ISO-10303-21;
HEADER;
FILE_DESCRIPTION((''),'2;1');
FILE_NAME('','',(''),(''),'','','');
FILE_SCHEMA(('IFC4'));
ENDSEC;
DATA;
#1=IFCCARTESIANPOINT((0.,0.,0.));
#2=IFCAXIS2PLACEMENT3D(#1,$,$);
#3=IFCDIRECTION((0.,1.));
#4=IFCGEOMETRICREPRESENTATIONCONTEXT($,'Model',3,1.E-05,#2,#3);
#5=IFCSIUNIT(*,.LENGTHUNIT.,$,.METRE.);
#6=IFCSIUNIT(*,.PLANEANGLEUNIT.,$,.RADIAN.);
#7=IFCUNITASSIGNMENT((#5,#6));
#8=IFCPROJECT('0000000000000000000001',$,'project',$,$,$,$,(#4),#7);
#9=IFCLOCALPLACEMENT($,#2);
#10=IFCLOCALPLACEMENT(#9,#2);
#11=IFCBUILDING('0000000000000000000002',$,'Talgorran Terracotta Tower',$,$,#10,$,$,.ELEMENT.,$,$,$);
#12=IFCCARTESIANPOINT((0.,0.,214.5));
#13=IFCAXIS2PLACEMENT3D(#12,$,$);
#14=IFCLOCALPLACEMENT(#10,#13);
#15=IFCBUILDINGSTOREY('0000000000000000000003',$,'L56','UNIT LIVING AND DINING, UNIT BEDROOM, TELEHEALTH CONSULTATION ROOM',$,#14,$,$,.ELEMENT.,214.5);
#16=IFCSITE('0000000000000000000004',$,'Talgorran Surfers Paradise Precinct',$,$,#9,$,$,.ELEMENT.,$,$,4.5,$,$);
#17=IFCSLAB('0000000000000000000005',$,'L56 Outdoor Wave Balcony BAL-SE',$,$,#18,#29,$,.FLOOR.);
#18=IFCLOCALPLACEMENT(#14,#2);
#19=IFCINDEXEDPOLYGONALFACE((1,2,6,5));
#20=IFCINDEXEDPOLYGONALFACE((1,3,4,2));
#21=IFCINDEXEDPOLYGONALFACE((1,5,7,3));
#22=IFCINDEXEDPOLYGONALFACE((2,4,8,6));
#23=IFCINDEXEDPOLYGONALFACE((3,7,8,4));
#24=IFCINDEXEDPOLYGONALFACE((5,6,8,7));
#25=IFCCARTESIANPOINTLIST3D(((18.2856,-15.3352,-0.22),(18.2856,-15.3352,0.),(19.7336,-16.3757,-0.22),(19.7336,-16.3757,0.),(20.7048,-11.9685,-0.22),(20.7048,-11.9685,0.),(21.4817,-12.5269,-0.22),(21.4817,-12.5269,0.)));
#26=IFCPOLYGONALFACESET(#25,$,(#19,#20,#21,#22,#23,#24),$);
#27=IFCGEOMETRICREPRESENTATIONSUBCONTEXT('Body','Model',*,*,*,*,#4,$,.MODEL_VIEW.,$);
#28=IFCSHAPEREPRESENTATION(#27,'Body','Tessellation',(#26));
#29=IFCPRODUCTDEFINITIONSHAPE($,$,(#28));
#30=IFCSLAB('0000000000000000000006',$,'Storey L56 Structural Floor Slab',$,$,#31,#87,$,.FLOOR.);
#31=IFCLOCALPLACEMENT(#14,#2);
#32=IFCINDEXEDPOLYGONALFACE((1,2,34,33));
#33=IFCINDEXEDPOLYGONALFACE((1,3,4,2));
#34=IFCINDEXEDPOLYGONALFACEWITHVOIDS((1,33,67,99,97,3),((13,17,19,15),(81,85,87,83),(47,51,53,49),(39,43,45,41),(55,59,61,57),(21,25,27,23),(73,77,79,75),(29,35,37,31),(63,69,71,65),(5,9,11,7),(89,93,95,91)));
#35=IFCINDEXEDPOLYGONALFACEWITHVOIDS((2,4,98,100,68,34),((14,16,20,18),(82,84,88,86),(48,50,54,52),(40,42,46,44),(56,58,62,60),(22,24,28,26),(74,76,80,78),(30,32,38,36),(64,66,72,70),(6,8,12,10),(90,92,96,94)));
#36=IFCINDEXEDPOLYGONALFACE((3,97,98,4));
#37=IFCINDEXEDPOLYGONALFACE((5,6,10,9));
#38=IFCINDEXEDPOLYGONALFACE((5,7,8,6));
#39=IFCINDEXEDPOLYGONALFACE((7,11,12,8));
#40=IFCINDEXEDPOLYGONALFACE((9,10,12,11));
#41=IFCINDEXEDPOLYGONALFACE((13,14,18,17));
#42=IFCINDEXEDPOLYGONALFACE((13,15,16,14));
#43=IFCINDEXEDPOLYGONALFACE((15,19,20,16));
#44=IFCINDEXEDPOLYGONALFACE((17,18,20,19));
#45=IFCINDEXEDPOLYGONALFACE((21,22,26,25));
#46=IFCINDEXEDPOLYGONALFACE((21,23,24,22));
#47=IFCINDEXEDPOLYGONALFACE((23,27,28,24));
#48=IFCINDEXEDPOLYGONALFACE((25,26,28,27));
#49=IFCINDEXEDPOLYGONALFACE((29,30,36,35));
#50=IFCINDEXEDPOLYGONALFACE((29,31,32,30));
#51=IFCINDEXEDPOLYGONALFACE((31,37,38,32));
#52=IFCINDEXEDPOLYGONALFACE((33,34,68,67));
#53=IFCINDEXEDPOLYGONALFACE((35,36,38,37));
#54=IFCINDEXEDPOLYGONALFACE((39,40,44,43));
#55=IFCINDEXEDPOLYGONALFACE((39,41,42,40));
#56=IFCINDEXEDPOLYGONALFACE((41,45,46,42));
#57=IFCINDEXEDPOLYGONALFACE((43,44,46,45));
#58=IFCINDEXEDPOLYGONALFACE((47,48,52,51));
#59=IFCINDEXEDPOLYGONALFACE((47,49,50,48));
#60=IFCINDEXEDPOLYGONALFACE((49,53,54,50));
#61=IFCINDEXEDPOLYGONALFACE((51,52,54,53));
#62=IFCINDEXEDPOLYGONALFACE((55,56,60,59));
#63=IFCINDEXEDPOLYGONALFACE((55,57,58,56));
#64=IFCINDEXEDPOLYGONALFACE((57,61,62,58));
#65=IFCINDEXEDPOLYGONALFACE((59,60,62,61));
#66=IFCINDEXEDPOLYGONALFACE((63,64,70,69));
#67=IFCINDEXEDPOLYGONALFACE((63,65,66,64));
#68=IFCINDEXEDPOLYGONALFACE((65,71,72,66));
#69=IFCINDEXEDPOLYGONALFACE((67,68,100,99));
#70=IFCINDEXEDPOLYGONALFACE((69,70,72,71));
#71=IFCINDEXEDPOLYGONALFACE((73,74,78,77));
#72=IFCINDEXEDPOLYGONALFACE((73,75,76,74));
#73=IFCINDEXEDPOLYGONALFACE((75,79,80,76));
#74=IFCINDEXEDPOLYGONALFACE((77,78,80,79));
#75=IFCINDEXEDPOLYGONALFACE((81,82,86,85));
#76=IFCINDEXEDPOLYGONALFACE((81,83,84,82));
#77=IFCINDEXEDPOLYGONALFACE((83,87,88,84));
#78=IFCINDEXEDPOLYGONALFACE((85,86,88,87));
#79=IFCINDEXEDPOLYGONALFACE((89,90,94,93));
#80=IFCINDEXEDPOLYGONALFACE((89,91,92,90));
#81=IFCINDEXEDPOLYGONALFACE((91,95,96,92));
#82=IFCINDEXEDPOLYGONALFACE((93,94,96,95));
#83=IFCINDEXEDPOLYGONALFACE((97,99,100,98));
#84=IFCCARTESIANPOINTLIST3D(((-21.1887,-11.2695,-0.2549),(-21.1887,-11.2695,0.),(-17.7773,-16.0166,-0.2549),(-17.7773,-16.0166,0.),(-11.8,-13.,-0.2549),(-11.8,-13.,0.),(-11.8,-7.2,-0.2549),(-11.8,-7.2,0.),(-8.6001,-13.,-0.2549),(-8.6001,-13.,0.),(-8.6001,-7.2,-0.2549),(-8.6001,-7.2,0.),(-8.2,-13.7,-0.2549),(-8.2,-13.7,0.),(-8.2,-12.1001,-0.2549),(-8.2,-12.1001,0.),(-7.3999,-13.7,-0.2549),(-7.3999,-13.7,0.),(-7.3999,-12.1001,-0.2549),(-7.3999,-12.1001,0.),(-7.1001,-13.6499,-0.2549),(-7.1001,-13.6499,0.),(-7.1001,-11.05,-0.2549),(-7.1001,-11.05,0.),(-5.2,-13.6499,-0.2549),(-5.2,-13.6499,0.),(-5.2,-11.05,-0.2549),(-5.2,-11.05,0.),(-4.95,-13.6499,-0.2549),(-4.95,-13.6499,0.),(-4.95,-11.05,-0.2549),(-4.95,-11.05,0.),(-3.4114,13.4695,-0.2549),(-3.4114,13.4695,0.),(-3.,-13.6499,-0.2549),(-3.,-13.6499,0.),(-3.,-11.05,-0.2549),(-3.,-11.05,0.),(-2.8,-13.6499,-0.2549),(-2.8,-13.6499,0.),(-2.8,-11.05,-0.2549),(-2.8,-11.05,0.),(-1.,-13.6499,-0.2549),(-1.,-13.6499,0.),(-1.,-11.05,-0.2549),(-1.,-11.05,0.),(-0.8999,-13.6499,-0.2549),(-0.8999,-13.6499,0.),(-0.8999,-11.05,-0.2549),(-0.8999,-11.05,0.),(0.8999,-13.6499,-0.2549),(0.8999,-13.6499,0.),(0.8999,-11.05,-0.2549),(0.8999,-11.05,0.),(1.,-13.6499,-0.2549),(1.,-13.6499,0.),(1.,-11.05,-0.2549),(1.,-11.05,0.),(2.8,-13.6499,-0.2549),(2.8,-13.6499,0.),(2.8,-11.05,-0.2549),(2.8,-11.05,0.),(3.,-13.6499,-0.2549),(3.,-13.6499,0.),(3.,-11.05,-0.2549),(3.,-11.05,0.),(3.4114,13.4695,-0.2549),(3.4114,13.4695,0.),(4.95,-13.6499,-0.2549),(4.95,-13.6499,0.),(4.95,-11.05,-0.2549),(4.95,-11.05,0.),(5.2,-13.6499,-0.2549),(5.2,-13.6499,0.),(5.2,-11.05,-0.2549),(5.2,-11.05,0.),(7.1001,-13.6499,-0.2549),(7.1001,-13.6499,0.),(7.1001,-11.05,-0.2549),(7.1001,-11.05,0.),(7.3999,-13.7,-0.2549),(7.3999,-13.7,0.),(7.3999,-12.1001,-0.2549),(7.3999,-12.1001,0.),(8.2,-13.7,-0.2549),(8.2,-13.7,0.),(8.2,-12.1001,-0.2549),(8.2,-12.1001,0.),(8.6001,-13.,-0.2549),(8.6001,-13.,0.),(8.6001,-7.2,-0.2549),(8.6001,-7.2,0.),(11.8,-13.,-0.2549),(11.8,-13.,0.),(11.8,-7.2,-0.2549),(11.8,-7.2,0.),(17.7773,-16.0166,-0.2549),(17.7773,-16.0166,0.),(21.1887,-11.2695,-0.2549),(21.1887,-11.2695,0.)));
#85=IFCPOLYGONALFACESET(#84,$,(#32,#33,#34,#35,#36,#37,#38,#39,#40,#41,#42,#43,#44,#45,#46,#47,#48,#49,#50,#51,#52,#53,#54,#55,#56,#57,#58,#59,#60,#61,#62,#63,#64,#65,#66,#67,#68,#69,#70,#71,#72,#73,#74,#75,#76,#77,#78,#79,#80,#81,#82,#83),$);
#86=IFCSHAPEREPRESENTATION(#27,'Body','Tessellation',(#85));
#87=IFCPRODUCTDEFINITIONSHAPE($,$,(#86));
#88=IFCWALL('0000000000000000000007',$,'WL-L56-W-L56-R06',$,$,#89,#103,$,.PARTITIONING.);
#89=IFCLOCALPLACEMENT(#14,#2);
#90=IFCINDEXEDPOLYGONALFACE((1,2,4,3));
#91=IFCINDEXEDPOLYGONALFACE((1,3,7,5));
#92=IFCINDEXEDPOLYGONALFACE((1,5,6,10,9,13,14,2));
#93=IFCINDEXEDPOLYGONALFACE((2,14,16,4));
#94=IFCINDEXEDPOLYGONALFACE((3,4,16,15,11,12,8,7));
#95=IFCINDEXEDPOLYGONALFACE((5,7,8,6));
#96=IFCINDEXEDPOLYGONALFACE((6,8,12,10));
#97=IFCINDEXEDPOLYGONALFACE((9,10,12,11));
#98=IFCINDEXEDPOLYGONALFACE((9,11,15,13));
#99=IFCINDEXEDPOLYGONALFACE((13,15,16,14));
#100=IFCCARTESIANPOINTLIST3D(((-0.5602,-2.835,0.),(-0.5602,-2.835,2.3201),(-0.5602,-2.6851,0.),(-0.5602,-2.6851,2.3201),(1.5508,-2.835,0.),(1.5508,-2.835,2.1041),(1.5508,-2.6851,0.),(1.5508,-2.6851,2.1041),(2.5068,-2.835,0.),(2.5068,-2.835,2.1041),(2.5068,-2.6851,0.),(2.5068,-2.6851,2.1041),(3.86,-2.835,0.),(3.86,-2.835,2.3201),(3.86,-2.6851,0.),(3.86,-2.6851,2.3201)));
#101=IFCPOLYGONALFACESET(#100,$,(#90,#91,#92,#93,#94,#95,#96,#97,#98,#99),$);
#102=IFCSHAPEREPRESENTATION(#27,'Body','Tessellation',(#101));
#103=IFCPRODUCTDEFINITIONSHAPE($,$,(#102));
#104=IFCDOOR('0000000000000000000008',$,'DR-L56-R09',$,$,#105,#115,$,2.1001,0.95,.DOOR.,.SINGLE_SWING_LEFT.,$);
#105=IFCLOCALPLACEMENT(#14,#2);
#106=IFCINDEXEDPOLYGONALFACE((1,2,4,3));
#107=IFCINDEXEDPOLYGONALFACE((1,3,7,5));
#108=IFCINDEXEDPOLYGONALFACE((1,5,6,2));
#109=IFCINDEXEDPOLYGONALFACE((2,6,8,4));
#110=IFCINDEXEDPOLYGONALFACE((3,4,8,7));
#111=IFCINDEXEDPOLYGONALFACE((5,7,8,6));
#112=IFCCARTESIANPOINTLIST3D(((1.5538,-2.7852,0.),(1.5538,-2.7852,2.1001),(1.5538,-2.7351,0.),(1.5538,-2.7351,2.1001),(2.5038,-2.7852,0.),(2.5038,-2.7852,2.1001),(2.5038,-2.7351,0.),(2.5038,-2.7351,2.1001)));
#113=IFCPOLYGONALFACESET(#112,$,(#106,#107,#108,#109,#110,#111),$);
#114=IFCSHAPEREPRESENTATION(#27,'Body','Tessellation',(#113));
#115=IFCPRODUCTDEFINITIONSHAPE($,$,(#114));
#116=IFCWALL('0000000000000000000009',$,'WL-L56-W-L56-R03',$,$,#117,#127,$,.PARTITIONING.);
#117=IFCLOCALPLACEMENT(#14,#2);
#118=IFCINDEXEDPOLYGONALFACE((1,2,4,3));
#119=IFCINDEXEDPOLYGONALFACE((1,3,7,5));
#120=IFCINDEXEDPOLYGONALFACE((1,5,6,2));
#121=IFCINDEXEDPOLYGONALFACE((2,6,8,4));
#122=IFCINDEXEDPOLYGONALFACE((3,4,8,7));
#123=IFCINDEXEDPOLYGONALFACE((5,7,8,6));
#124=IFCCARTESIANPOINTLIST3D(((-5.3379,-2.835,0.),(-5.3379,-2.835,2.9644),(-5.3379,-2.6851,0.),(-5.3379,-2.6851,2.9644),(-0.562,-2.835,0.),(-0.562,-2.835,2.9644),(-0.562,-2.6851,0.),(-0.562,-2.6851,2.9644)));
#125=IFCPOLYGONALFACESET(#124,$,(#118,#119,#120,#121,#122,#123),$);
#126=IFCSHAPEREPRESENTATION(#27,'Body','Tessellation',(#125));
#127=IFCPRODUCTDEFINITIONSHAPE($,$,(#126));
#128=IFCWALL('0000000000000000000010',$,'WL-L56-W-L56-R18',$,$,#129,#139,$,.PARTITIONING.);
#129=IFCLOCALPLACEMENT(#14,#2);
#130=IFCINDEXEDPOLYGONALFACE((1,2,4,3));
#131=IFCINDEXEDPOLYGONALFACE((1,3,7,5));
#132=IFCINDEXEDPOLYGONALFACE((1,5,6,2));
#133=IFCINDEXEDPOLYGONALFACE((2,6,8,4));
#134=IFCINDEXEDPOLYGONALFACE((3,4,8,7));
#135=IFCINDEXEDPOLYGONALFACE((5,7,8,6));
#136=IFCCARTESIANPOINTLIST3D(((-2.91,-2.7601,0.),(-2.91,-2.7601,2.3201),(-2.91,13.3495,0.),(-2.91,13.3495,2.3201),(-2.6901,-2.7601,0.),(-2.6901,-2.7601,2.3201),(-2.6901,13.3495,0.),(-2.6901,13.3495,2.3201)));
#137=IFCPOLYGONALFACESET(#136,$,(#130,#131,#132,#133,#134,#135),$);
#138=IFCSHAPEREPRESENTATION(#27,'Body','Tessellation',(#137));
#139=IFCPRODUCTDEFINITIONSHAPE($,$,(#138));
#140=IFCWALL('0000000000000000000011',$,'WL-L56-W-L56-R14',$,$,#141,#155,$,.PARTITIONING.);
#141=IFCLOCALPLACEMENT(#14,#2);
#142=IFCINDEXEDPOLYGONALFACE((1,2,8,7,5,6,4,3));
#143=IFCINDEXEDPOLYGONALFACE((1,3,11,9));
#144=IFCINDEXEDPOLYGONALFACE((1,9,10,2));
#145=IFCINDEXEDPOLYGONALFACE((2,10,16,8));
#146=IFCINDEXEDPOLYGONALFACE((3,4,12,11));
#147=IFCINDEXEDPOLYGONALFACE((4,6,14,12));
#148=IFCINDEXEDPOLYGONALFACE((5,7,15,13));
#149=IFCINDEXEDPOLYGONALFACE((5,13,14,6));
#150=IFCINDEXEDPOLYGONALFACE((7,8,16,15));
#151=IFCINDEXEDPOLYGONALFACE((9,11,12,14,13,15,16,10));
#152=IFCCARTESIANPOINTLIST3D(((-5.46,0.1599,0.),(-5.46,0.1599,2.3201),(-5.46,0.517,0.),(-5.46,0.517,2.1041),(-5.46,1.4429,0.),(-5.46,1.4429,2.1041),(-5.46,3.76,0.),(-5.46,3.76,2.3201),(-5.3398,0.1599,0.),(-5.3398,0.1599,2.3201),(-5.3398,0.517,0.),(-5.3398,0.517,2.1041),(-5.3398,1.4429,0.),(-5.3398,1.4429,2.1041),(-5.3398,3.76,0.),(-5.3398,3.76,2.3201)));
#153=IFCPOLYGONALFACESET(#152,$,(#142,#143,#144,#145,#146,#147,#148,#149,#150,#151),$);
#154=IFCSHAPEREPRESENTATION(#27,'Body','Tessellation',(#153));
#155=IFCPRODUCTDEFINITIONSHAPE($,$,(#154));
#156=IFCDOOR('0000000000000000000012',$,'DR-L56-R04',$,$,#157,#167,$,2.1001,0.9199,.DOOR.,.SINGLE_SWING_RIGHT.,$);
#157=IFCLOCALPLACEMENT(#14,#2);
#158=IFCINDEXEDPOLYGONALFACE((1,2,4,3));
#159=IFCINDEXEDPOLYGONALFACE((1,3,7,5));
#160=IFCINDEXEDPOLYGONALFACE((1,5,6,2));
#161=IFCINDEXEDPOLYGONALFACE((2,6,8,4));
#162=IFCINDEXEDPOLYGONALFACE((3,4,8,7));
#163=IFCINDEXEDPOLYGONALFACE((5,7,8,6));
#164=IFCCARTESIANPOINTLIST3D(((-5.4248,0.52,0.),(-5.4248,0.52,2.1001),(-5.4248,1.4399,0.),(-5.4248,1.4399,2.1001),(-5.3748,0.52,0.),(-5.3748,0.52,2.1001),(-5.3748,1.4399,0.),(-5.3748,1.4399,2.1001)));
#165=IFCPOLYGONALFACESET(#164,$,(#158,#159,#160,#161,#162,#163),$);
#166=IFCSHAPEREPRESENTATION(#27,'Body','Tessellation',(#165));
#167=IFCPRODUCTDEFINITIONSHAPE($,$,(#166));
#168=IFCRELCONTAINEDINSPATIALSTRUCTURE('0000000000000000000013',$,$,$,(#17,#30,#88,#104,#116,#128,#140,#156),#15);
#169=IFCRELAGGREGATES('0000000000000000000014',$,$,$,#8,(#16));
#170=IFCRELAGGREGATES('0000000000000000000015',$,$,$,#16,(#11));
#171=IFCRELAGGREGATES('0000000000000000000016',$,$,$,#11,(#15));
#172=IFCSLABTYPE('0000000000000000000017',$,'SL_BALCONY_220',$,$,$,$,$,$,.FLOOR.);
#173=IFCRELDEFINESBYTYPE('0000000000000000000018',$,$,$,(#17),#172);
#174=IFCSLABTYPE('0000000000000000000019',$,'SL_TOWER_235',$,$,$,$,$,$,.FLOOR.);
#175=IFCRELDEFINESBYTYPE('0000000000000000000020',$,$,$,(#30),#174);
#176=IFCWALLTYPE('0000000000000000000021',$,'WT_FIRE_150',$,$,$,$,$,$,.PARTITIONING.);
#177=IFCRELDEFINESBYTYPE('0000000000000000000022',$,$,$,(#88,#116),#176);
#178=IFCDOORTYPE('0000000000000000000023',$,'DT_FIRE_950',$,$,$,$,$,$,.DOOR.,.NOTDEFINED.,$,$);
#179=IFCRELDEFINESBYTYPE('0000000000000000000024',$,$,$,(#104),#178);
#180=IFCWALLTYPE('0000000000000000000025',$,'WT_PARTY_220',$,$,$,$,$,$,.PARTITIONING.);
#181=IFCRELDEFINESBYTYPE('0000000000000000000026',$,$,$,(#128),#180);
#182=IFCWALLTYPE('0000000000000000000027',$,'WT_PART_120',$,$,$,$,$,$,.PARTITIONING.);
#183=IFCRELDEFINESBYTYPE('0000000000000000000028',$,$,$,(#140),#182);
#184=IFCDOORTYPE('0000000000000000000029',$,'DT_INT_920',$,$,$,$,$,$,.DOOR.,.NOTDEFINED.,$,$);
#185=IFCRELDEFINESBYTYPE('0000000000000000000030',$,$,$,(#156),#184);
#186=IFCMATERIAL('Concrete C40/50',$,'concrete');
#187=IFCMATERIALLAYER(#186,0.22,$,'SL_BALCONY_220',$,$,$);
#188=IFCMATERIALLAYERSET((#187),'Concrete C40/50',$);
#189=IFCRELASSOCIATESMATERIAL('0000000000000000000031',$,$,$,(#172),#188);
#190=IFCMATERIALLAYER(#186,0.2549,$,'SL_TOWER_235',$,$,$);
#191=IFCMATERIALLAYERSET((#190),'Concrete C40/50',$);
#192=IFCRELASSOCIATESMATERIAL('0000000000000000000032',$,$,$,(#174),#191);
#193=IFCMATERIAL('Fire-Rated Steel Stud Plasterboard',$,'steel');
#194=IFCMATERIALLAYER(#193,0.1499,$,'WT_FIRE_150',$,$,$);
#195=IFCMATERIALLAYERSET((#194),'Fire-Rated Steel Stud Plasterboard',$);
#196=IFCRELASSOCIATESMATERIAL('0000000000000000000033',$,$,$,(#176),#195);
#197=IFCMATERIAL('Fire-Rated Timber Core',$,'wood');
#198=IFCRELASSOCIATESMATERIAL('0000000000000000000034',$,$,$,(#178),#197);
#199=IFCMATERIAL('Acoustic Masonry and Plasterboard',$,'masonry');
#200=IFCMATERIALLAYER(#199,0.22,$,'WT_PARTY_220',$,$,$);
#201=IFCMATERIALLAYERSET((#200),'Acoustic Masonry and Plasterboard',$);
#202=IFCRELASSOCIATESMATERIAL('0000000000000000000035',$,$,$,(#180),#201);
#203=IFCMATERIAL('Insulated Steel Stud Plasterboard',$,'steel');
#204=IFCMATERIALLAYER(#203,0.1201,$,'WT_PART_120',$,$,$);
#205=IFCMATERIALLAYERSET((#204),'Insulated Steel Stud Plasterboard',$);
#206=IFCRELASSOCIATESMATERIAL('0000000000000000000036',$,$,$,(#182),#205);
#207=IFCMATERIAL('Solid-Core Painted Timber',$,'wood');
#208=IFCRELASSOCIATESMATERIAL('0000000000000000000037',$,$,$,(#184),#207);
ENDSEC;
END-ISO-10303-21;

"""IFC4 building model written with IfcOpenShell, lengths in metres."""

from ifc_helpers import new_model, si_unit, direction, frame, frame_2d, origin, place, context, subcontext, project, spatial, polyline, rectangle, outline, extrude, material, layer, layer_set, type_object, element, fill, save


model = new_model("IFC4")

# Units and contexts
model_context = context("Model", 3, precision=1e-05, world=origin(), true_north=direction((0.0, 1.0)))
body_context = subcontext(model_context, "Body", "Model", "MODEL_VIEW")
ifc_project = project(units=[si_unit("LENGTHUNIT", "METRE"), si_unit("PLANEANGLEUNIT", "RADIAN")], contexts=[model_context])

# Site, building, storey
site_placement = place(None, origin())
site = spatial("IfcSite", under=ifc_project, at=site_placement, Name="Talgorran Surfers Paradise Precinct", CompositionType="ELEMENT", RefElevation=4.5)
building_placement = place(site_placement, origin())
building = spatial("IfcBuilding", under=site, at=building_placement, Name="Talgorran Terracotta Tower", CompositionType="ELEMENT")
storey_placement = place(building_placement, frame((0.0, 0.0, 214.5)))
storey = spatial("IfcBuildingStorey", under=building, at=storey_placement, Name="L56", Description="UNIT LIVING AND DINING, UNIT BEDROOM, TELEHEALTH CONSULTATION ROOM", CompositionType="ELEMENT", Elevation=214.5)

# Slabs
ifc_material_1 = material(Name="Concrete C40/50", Category="concrete")
ifc_layer_1 = layer(ifc_material_1, 0.22, Name="SL_BALCONY_220")
ifc_layer_set_1 = layer_set([ifc_layer_1], Name="Concrete C40/50")
slab_type_1 = type_object("IfcSlabType", Name="SL_BALCONY_220", PredefinedType="FLOOR", material=ifc_layer_set_1)
slab_1_placement = place(storey_placement, frame((0.0, 0.0, -0.22)))
element("IfcSlab", 1, at=slab_1_placement, inside=storey, type_object=slab_type_1, Name="L56 Outdoor Wave Balcony BAL-SE", PredefinedType="FLOOR", context=body_context, shape_type="SweptSolid", body=[
    extrude(outline(polyline([(20.7048, -11.9685), (18.2856, -15.3352), (19.7336, -16.3757), (21.4817, -12.5269), (20.7048, -11.9685)])), origin(), (0.0, 0.0, 1.0), 0.22),
])
ifc_layer_2 = layer(ifc_material_1, 0.2549, Name="SL_TOWER_235")
ifc_layer_set_2 = layer_set([ifc_layer_2], Name="Concrete C40/50")
slab_type_2 = type_object("IfcSlabType", Name="SL_TOWER_235", PredefinedType="FLOOR", material=ifc_layer_set_2)
slab_2_placement = place(storey_placement, frame((0.0, 0.0, -0.2549)))
element("IfcSlab", 2, at=slab_2_placement, inside=storey, type_object=slab_type_2, Name="Storey L56 Structural Floor Slab", PredefinedType="FLOOR", context=body_context, shape_type="SweptSolid", body=[
    extrude(outline(polyline([(-21.1887, -11.2695), (-17.7773, -16.0166), (17.7773, -16.0166), (21.1887, -11.2695), (3.4114, 13.4695), (-3.4114, 13.4695), (-21.1887, -11.2695)]), holes=[polyline([(-11.8, -7.2), (-11.8, -13.0), (-8.6001, -13.0), (-8.6001, -7.2), (-11.8, -7.2)]), polyline([(8.6001, -7.2), (8.6001, -13.0), (11.8, -13.0), (11.8, -7.2), (8.6001, -7.2)]), polyline([(-7.1001, -13.6499), (-5.2, -13.6499), (-5.2, -11.05), (-7.1001, -11.05), (-7.1001, -13.6499)]), polyline([(5.2, -13.6499), (7.1001, -13.6499), (7.1001, -11.05), (5.2, -11.05), (5.2, -13.6499)]), polyline([(3.0, -13.6499), (4.95, -13.6499), (4.95, -11.05), (3.0, -11.05), (3.0, -13.6499)]), polyline([(-4.95, -13.6499), (-3.0, -13.6499), (-3.0, -11.05), (-4.95, -11.05), (-4.95, -13.6499)]), polyline([(-2.8, -13.6499), (-1.0, -13.6499), (-1.0, -11.05), (-2.8, -11.05), (-2.8, -13.6499)]), polyline([(-0.8999, -13.6499), (0.8999, -13.6499), (0.8999, -11.05), (-0.8999, -11.05), (-0.8999, -13.6499)]), polyline([(1.0, -13.6499), (2.8, -13.6499), (2.8, -11.05), (1.0, -11.05), (1.0, -13.6499)]), polyline([(-8.2, -13.7), (-7.3999, -13.7), (-7.3999, -12.1001), (-8.2, -12.1001), (-8.2, -13.7)]), polyline([(7.3999, -13.7), (8.2, -13.7), (8.2, -12.1001), (7.3999, -12.1001), (7.3999, -13.7)])]), origin(), (0.0, 0.0, 1.0), 0.2549),
])

# Wall, opening, door
ifc_material_2 = material(Name="Fire-Rated Steel Stud Plasterboard", Category="steel")
ifc_layer_3 = layer(ifc_material_2, 0.1499, Name="WT_FIRE_150")
ifc_layer_set_3 = layer_set([ifc_layer_3], Name="Fire-Rated Steel Stud Plasterboard")
wall_type_1 = type_object("IfcWallType", Name="WT_FIRE_150", PredefinedType="PARTITIONING", material=ifc_layer_set_3)
wall_1_placement = place(storey_placement, frame((-0.5601, -2.76, 0.0), z_axis=(0.0, 0.0, 1.0), x_axis=(1.0, 0.0, 0.0)))
wall_1 = element("IfcWall", 3, at=wall_1_placement, inside=storey, type_object=wall_type_1, Name="WL-L56-W-L56-R06", PredefinedType="PARTITIONING", context=body_context, shape_type="SweptSolid", body=[
    extrude(rectangle(XDim=4.4202, YDim=0.1499, at=frame_2d((2.21, 0.0))), origin(), (0.0, 0.0, 1.0), 2.3201),
])
opening_1_placement = place(wall_1_placement, frame((2.1138, 0.0, 0.0)))
opening_1 = element("IfcOpeningElement", 4, at=opening_1_placement, cuts=wall_1, PredefinedType="OPENING", context=body_context, shape_type="SweptSolid", body=[
    extrude(rectangle(XDim=0.956, YDim=2.1041, at=frame_2d((0.4751, 1.052))), frame((0.0, 0.085, 0.0), z_axis=(0.0, -1.0, 0.0), x_axis=(1.0, 0.0, 0.0)), (0.0, 0.0, 1.0), 0.1699),
])
ifc_material_3 = material(Name="Fire-Rated Timber Core", Category="wood")
door_type_1 = type_object("IfcDoorType", Name="DT_FIRE_950", OperationType="NOTDEFINED", PredefinedType="DOOR", material=ifc_material_3)
door_1_placement = place(opening_1_placement, origin())
door_1 = element("IfcDoor", 5, at=door_1_placement, inside=storey, type_object=door_type_1, Name="DR-L56-R09", OperationType="SINGLE_SWING_LEFT", OverallHeight=2.1001, OverallWidth=0.95, PredefinedType="DOOR", context=body_context, shape_type="SweptSolid", body=[
    extrude(rectangle(XDim=0.95, YDim=2.1001, at=frame_2d((0.4751, 1.05))), frame((0.0, 0.0249, 0.0), z_axis=(0.0, -1.0, 0.0), x_axis=(1.0, 0.0, 0.0)), (0.0, 0.0, 1.0), 0.05),
])
fill(opening_1, door_1)

# Walls
wall_2_placement = place(storey_placement, frame((-5.3379, -2.76, 0.0), z_axis=(0.0, 0.0, 1.0), x_axis=(1.0, 0.0, 0.0)))
element("IfcWall", 6, at=wall_2_placement, inside=storey, type_object=wall_type_1, Name="WL-L56-W-L56-R03", PredefinedType="PARTITIONING", context=body_context, shape_type="SweptSolid", body=[
    extrude(rectangle(XDim=4.7759, YDim=0.1499, at=frame_2d((2.3879, 0.0))), origin(), (0.0, 0.0, 1.0), 2.9644),
])
ifc_material_4 = material(Name="Acoustic Masonry and Plasterboard", Category="masonry")
ifc_layer_4 = layer(ifc_material_4, 0.22, Name="WT_PARTY_220")
ifc_layer_set_4 = layer_set([ifc_layer_4], Name="Acoustic Masonry and Plasterboard")
wall_type_2 = type_object("IfcWallType", Name="WT_PARTY_220", PredefinedType="PARTITIONING", material=ifc_layer_set_4)
wall_3_placement = place(storey_placement, frame((-2.8, -2.76, 0.0), z_axis=(0.0, 0.0, 1.0), x_axis=(0.0, 1.0, 0.0)))
element("IfcWall", 7, at=wall_3_placement, inside=storey, type_object=wall_type_2, Name="WL-L56-W-L56-R18", PredefinedType="PARTITIONING", context=body_context, shape_type="SweptSolid", body=[
    extrude(rectangle(XDim=16.1096, YDim=0.22, at=frame_2d((8.0547, 0.0))), origin(), (0.0, 0.0, 1.0), 2.3201),
])

# Wall, opening, door
ifc_material_5 = material(Name="Insulated Steel Stud Plasterboard", Category="steel")
ifc_layer_5 = layer(ifc_material_5, 0.1201, Name="WT_PART_120")
ifc_layer_set_5 = layer_set([ifc_layer_5], Name="Insulated Steel Stud Plasterboard")
wall_type_3 = type_object("IfcWallType", Name="WT_PART_120", PredefinedType="PARTITIONING", material=ifc_layer_set_5)
wall_4_placement = place(storey_placement, frame((-5.3999, 0.1599, 0.0), z_axis=(0.0, 0.0, 1.0), x_axis=(0.0, 1.0, 0.0)))
wall_4 = element("IfcWall", 8, at=wall_4_placement, inside=storey, type_object=wall_type_3, Name="WL-L56-W-L56-R14", PredefinedType="PARTITIONING", context=body_context, shape_type="SweptSolid", body=[
    extrude(rectangle(XDim=3.6001, YDim=0.1201, at=frame_2d((1.8, 0.0))), origin(), (0.0, 0.0, 1.0), 2.3201),
])
opening_2_placement = place(wall_4_placement, frame((0.3601, 0.0, 0.0)))
opening_2 = element("IfcOpeningElement", 9, at=opening_2_placement, cuts=wall_4, PredefinedType="OPENING", context=body_context, shape_type="SweptSolid", body=[
    extrude(rectangle(XDim=0.9259, YDim=2.1041, at=frame_2d((0.46, 1.052))), frame((0.0, 0.0701, 0.0), z_axis=(0.0, -1.0, 0.0), x_axis=(1.0, 0.0, 0.0)), (0.0, 0.0, 1.0), 0.1401),
])
ifc_material_6 = material(Name="Solid-Core Painted Timber", Category="wood")
door_type_2 = type_object("IfcDoorType", Name="DT_INT_920", OperationType="NOTDEFINED", PredefinedType="DOOR", material=ifc_material_6)
door_2_placement = place(opening_2_placement, origin())
door_2 = element("IfcDoor", 10, at=door_2_placement, inside=storey, type_object=door_type_2, Name="DR-L56-R04", OperationType="SINGLE_SWING_RIGHT", OverallHeight=2.1001, OverallWidth=0.9199, PredefinedType="DOOR", context=body_context, shape_type="SweptSolid", body=[
    extrude(rectangle(XDim=0.9199, YDim=2.1001, at=frame_2d((0.46, 1.05))), frame((0.0, 0.0249, 0.0), z_axis=(0.0, -1.0, 0.0), x_axis=(1.0, 0.0, 0.0)), (0.0, 0.0, 1.0), 0.05),
])
fill(opening_2, door_2)

save(model, "model.ifc")
